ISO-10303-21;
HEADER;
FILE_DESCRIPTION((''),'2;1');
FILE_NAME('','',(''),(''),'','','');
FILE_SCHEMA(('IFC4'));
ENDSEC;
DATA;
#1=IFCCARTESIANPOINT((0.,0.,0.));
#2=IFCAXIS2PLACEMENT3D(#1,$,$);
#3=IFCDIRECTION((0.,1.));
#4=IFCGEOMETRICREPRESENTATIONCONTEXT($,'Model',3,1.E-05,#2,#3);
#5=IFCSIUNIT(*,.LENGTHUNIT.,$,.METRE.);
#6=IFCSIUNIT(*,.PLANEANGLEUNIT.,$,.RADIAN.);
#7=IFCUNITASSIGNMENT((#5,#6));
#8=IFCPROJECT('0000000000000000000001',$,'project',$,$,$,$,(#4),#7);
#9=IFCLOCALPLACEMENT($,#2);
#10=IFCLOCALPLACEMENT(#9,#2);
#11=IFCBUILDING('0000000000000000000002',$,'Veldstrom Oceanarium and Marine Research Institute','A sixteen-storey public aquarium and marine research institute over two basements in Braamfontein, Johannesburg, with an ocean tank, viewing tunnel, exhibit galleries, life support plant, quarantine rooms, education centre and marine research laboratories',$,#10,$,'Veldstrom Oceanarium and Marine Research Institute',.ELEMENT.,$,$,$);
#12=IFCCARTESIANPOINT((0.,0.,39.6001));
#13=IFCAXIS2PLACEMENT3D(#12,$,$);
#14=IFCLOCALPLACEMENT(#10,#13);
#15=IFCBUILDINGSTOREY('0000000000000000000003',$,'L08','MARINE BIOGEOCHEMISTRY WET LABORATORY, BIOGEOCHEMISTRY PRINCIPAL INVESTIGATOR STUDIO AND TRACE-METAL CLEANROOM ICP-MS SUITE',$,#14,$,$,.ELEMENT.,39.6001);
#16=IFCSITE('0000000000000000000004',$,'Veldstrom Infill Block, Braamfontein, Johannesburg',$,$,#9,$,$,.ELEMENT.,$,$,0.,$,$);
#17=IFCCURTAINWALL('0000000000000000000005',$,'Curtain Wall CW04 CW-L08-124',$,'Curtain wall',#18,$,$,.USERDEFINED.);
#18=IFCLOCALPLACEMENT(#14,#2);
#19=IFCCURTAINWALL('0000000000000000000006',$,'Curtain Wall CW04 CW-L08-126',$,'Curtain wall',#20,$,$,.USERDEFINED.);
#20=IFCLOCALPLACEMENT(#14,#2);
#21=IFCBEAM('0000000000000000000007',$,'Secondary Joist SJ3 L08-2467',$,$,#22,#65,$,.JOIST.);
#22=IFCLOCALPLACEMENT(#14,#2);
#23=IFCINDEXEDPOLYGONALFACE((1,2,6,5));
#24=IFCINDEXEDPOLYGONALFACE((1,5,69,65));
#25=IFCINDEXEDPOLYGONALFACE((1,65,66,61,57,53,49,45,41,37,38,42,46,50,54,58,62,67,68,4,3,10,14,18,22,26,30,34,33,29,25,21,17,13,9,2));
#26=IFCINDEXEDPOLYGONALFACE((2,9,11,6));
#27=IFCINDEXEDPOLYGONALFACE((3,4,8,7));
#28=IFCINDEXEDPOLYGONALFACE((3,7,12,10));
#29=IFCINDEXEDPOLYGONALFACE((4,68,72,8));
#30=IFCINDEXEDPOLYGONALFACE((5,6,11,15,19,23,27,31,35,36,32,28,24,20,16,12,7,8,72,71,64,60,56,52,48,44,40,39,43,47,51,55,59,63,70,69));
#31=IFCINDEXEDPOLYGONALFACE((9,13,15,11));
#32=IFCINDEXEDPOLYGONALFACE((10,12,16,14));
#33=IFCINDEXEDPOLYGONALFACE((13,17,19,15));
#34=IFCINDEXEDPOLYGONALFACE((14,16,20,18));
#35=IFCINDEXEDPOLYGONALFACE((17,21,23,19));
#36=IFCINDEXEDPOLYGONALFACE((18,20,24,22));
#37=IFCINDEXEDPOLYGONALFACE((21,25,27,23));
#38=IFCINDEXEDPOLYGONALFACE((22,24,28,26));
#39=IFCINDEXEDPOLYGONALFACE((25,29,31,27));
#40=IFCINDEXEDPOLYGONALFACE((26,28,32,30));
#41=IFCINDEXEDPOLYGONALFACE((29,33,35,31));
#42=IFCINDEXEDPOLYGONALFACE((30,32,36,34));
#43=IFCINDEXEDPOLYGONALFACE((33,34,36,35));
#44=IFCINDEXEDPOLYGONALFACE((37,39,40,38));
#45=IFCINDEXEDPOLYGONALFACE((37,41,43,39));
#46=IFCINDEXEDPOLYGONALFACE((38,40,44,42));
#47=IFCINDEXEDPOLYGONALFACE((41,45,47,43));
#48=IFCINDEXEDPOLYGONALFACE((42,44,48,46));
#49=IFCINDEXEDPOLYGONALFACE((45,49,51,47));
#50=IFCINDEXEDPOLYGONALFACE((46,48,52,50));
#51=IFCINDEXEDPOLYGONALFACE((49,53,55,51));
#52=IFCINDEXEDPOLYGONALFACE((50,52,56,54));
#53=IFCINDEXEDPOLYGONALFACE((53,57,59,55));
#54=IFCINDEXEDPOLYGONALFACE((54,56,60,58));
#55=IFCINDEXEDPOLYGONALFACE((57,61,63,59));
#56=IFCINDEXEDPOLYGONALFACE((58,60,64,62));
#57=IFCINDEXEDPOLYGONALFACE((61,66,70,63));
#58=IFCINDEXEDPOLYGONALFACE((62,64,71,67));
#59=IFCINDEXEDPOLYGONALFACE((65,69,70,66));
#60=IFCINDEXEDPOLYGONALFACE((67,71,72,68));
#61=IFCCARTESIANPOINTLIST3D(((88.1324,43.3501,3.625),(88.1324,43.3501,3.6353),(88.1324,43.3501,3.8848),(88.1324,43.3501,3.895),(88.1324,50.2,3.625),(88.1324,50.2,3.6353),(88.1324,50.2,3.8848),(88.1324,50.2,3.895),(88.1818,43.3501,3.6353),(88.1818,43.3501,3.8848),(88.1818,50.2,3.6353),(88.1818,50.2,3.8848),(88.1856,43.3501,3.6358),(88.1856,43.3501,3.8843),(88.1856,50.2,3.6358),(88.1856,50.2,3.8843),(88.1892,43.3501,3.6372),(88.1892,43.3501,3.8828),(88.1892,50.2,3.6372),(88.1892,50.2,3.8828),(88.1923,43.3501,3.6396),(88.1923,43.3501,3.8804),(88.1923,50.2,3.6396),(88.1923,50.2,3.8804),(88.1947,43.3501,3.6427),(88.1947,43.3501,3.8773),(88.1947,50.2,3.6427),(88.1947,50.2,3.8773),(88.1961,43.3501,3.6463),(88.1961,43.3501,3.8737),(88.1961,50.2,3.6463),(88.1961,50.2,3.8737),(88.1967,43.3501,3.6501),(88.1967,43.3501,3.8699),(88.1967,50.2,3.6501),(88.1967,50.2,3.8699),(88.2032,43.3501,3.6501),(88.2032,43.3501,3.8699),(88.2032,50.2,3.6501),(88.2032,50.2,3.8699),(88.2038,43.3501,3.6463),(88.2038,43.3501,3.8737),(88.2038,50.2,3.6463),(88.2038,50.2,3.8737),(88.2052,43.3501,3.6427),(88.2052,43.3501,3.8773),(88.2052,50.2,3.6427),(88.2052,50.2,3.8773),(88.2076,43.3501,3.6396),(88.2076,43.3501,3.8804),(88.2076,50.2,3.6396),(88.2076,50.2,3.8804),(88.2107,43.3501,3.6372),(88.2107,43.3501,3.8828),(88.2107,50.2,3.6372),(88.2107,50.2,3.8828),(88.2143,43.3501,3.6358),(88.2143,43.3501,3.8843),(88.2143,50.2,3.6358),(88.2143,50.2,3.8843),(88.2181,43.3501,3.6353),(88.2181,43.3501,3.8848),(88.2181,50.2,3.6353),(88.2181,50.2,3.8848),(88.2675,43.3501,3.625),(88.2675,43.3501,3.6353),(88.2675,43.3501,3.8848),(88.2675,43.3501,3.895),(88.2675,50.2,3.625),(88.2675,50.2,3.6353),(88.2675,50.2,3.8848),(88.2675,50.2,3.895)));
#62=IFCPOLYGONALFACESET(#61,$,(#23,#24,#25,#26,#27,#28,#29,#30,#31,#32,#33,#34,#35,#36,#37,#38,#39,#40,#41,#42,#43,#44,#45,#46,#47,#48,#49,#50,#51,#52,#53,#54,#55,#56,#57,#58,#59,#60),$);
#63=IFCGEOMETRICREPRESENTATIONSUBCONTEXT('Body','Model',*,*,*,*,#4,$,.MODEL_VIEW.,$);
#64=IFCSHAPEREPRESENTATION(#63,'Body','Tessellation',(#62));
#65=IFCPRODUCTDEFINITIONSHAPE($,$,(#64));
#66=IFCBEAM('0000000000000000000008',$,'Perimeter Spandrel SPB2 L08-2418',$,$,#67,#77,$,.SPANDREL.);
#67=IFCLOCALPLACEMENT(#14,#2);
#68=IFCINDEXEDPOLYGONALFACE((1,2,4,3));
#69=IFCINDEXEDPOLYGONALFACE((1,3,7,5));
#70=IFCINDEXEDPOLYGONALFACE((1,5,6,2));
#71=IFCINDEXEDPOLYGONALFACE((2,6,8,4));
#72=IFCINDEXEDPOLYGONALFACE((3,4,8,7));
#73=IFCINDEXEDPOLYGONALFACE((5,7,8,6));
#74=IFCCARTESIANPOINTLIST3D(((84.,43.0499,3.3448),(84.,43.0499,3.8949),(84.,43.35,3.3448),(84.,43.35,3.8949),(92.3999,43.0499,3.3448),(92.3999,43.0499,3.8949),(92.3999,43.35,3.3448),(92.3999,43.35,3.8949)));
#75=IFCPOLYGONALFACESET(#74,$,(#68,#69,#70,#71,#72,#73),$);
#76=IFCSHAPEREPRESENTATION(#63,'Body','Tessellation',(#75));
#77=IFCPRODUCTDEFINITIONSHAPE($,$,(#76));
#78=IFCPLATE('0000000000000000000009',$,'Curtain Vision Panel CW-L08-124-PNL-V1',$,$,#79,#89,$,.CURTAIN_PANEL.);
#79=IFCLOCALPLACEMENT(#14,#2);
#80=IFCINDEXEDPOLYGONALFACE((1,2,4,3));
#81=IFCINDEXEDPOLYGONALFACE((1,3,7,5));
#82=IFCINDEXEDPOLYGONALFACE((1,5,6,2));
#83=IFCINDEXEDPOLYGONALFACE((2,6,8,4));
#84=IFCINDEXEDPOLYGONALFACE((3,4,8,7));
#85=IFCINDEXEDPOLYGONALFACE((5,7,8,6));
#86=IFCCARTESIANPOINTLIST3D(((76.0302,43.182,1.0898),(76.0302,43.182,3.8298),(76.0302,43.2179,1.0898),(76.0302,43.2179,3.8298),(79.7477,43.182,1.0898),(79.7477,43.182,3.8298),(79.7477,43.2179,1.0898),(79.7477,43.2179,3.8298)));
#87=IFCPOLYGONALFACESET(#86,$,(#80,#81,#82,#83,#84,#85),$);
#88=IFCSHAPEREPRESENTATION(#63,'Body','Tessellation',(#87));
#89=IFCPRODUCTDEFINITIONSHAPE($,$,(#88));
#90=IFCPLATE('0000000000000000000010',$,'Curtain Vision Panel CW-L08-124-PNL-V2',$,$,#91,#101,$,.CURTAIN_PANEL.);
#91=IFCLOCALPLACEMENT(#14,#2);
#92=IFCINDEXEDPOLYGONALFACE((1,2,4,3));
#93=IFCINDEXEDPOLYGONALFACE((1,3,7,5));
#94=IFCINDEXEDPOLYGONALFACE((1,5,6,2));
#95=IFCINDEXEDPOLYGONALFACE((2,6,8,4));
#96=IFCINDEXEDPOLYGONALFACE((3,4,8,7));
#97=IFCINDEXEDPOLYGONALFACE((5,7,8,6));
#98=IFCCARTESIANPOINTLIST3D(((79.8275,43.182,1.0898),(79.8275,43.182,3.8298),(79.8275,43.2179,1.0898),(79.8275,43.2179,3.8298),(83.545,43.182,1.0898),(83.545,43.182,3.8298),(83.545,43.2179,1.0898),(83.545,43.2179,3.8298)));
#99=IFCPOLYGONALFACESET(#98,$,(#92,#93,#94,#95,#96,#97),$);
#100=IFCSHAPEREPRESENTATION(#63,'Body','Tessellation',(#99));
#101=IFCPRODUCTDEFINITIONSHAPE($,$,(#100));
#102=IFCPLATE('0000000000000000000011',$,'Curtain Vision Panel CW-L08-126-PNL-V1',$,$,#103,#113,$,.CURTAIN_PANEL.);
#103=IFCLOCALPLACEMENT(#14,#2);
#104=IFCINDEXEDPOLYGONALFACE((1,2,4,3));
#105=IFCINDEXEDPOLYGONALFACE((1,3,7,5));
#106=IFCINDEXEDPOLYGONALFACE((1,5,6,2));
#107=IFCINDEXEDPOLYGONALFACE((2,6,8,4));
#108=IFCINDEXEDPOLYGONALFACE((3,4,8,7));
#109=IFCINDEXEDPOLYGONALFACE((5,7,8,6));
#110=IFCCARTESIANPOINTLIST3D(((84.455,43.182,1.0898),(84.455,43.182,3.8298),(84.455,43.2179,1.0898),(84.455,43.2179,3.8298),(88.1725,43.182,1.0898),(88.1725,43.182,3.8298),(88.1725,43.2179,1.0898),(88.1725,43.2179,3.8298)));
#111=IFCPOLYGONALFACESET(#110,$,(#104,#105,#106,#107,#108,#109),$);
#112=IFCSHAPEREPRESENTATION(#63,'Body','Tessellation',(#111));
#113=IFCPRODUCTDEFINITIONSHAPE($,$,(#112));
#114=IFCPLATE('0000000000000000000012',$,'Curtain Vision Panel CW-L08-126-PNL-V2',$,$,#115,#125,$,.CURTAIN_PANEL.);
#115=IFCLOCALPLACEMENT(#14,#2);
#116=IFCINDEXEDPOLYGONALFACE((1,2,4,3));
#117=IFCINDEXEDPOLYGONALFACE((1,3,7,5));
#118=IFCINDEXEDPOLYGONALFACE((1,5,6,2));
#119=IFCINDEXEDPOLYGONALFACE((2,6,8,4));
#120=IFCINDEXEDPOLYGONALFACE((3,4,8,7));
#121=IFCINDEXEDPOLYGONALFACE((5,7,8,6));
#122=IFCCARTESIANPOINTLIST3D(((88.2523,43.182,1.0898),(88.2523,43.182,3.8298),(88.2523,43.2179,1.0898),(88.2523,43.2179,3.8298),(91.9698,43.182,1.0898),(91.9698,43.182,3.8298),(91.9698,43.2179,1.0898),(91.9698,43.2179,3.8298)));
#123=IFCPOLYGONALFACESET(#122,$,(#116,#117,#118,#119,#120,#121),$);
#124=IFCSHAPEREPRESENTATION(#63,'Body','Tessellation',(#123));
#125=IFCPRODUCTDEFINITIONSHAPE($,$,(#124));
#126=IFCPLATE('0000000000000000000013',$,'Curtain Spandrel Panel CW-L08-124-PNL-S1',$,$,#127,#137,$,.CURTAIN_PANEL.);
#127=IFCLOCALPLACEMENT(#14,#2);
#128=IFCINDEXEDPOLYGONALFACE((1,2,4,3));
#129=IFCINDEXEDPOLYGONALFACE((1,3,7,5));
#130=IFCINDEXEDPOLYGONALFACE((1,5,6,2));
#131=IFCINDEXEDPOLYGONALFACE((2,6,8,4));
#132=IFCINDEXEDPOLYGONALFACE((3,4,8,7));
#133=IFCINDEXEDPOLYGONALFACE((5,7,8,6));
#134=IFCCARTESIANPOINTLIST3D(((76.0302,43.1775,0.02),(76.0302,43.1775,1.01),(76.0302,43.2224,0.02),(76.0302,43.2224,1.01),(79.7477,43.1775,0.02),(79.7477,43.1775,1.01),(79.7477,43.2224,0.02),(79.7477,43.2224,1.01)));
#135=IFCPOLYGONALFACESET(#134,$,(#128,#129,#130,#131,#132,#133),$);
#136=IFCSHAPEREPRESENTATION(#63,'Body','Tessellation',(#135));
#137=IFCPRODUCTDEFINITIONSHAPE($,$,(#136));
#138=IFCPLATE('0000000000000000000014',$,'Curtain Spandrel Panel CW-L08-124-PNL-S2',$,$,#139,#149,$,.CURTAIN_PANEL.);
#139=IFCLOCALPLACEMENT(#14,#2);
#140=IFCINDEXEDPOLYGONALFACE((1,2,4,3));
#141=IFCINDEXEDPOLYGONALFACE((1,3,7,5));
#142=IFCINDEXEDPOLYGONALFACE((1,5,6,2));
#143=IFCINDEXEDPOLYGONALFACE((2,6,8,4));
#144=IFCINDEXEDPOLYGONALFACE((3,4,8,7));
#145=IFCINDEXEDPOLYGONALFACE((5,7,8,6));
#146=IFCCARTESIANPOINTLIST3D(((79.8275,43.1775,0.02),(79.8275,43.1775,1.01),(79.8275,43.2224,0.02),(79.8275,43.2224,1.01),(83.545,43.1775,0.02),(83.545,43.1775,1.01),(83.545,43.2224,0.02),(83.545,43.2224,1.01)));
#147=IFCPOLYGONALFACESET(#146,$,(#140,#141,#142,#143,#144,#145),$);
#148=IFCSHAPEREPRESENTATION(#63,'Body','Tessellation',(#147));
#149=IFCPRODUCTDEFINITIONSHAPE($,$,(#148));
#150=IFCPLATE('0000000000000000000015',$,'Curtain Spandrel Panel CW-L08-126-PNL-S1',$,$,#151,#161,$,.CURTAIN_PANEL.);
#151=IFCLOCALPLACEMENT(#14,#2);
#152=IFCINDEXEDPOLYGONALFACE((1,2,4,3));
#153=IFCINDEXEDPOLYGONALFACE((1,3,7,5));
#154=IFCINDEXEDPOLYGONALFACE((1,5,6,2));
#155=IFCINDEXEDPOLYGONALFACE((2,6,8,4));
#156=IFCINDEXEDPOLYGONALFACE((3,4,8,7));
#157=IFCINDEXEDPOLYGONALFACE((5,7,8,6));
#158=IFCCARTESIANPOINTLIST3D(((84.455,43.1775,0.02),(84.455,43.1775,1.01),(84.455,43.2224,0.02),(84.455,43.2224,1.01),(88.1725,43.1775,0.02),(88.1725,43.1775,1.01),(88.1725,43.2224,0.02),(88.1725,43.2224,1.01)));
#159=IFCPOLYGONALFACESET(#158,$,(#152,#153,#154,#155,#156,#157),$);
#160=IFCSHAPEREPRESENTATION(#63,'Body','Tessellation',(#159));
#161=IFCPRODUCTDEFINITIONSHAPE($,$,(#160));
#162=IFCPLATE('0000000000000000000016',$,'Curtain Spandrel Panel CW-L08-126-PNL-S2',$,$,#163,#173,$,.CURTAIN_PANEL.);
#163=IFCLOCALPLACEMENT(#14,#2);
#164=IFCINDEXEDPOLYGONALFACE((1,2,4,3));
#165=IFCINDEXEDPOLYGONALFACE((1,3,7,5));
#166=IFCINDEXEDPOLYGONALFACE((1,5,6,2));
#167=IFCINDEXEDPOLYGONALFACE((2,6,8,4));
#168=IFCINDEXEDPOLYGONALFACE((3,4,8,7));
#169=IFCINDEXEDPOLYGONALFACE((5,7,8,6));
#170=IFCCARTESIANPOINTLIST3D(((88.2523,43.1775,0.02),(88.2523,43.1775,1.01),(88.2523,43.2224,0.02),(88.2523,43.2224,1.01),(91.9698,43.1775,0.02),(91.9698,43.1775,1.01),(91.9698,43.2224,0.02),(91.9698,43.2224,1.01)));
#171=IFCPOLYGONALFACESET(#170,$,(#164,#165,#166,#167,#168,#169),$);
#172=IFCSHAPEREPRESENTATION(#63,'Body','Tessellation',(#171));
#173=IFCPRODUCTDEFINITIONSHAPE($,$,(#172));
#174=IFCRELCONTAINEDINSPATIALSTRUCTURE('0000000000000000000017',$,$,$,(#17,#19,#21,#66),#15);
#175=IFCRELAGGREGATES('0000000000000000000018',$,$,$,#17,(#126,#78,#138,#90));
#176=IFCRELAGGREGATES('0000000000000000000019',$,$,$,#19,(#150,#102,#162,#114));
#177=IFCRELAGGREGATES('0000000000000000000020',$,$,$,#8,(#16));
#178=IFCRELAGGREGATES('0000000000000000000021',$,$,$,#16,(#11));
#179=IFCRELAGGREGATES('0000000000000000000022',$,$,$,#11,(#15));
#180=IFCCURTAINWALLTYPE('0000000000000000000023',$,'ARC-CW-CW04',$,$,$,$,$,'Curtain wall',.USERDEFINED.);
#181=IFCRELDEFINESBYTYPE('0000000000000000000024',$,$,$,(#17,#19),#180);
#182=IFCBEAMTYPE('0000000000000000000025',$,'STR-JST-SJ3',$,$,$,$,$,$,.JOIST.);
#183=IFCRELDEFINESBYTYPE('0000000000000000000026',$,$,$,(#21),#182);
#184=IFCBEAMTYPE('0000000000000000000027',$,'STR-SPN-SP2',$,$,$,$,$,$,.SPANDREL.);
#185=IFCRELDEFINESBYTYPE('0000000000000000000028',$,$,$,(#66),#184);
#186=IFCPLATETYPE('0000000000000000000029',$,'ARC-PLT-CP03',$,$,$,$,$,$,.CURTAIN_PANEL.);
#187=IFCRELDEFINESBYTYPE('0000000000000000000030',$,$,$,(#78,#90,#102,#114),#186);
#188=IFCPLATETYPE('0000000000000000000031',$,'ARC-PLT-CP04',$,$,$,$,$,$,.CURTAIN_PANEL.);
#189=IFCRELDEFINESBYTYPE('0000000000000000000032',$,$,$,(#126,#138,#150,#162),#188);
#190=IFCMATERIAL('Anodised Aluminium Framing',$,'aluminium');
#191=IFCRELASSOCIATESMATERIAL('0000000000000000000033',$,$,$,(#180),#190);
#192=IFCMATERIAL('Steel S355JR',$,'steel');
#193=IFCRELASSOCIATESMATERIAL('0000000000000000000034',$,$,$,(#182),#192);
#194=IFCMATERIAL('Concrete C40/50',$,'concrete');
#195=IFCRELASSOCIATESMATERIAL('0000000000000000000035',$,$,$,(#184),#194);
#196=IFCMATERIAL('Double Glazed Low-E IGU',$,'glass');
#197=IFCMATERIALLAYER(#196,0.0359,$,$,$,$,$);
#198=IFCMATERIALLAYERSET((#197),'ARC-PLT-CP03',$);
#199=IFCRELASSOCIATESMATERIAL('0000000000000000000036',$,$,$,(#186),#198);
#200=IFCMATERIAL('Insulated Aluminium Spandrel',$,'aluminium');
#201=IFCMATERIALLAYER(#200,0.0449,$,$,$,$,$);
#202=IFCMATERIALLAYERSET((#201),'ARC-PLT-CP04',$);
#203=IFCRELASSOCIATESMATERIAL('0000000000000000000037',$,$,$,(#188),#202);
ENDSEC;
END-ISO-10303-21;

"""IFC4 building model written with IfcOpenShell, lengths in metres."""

from ifc_helpers import new_model, si_unit, direction, frame, origin, origin_2d, place, context, subcontext, project, spatial, rectangle, i_section, extrude, material, layer, layer_set, material_profile, profile_set, type_object, element, aggregate, save


model = new_model("IFC4")

# Units and contexts
model_context = context("Model", 3, precision=1e-05, world=origin(), true_north=direction((0.0, 1.0)))
body_context = subcontext(model_context, "Body", "Model", "MODEL_VIEW")
ifc_project = project(units=[si_unit("LENGTHUNIT", "METRE"), si_unit("PLANEANGLEUNIT", "RADIAN")], contexts=[model_context])

# Site, building, storey
site_placement = place(None, origin())
site = spatial("IfcSite", under=ifc_project, at=site_placement, Name="Veldstrom Infill Block, Braamfontein, Johannesburg", CompositionType="ELEMENT", RefElevation=0.0)
building_placement = place(site_placement, origin())
building = spatial("IfcBuilding", under=site, at=building_placement, Name="Veldstrom Oceanarium and Marine Research Institute", Description="A sixteen-storey public aquarium and marine research institute over two basements in Braamfontein, Johannesburg, with an ocean tank, viewing tunnel, exhibit galleries, life support plant, quarantine rooms, education centre and marine research laboratories", LongName="Veldstrom Oceanarium and Marine Research Institute", CompositionType="ELEMENT")
storey_placement = place(building_placement, frame((0.0, 0.0, 39.6001)))
storey = spatial("IfcBuildingStorey", under=building, at=storey_placement, Name="L08", Description="MARINE BIOGEOCHEMISTRY WET LABORATORY, BIOGEOCHEMISTRY PRINCIPAL INVESTIGATOR STUDIO AND TRACE-METAL CLEANROOM ICP-MS SUITE", CompositionType="ELEMENT", Elevation=39.6001)

# Curtain walls
ifc_material_1 = material(Name="Anodised Aluminium Framing", Category="aluminium")
curtain_wall_type = type_object("IfcCurtainWallType", Name="ARC-CW-CW04", ElementType="Curtain wall", PredefinedType="USERDEFINED", material=ifc_material_1)
curtain_wall_1_placement = place(storey_placement, origin())
curtain_wall_1 = element("IfcCurtainWall", 1, at=curtain_wall_1_placement, inside=storey, type_object=curtain_wall_type, Name="Curtain Wall CW04 CW-L08-124", ObjectType="Curtain wall", PredefinedType="USERDEFINED")
curtain_wall_2_placement = place(storey_placement, origin())
curtain_wall_2 = element("IfcCurtainWall", 2, at=curtain_wall_2_placement, inside=storey, type_object=curtain_wall_type, Name="Curtain Wall CW04 CW-L08-126", ObjectType="Curtain wall", PredefinedType="USERDEFINED")

# Beams
ifc_material_2 = material(Name="Steel S355JR", Category="steel")
ifc_material_profile_1 = material_profile(ifc_material_2, i_section(OverallWidth=0.135, OverallDepth=0.27, WebThickness=0.0066, FlangeThickness=0.0103, FilletRadius=0.0149, at=origin_2d()), Name="IPE 270")
ifc_profile_set_1 = profile_set([ifc_material_profile_1], Name="Steel S355JR")
beam_type_1 = type_object("IfcBeamType", Name="STR-JST-SJ3", PredefinedType="JOIST", material=ifc_profile_set_1)
beam_1_placement = place(storey_placement, frame((88.2, 43.3501, 3.76), z_axis=(0.0, 1.0, 0.0), x_axis=(-1.0, 0.0, 0.0)))
element("IfcBeam", 3, at=beam_1_placement, inside=storey, type_object=beam_type_1, Name="Secondary Joist SJ3 L08-2467", PredefinedType="JOIST", context=body_context, shape_type="SweptSolid", body=[
    extrude(i_section(OverallWidth=0.135, OverallDepth=0.27, WebThickness=0.0066, FlangeThickness=0.0103, FilletRadius=0.0149, at=origin_2d()), origin(), (0.0, 0.0, 1.0), 6.8499),
])
ifc_material_3 = material(Name="Concrete C40/50", Category="concrete")
ifc_material_profile_2 = material_profile(ifc_material_3, rectangle(XDim=0.3, YDim=0.55, at=origin_2d()), Name="RC-SPN-300x550")
ifc_profile_set_2 = profile_set([ifc_material_profile_2], Name="Concrete C40/50")
beam_type_2 = type_object("IfcBeamType", Name="STR-SPN-SP2", PredefinedType="SPANDREL", material=ifc_profile_set_2)
beam_2_placement = place(storey_placement, frame((84.0, 43.2, 3.6199), z_axis=(1.0, 0.0, 0.0), x_axis=(0.0, 1.0, 0.0)))
element("IfcBeam", 4, at=beam_2_placement, inside=storey, type_object=beam_type_2, Name="Perimeter Spandrel SPB2 L08-2418", PredefinedType="SPANDREL", context=body_context, shape_type="SweptSolid", body=[
    extrude(rectangle(XDim=0.3, YDim=0.55, at=origin_2d()), origin(), (0.0, 0.0, 1.0), 8.3999),
])

# Plates
ifc_material_4 = material(Name="Double Glazed Low-E IGU", Category="glass")
ifc_layer_1 = layer(ifc_material_4, 0.0359)
ifc_layer_set_1 = layer_set([ifc_layer_1], Name="ARC-PLT-CP03")
plate_type_1 = type_object("IfcPlateType", Name="ARC-PLT-CP03", PredefinedType="CURTAIN_PANEL", material=ifc_layer_set_1)
plate_1_placement = place(storey_placement, frame((77.8889, 43.2, 1.0898), z_axis=(0.0, 0.0, 1.0), x_axis=(1.0, 0.0, 0.0)))
plate_1 = element("IfcPlate", 5, at=plate_1_placement, type_object=plate_type_1, Name="Curtain Vision Panel CW-L08-124-PNL-V1", PredefinedType="CURTAIN_PANEL", context=body_context, shape_type="SweptSolid", body=[
    extrude(rectangle(XDim=3.7175, YDim=0.0359, at=origin_2d()), origin(), (0.0, 0.0, 1.0), 2.74),
])
plate_2_placement = place(storey_placement, frame((81.6863, 43.2, 1.0898), z_axis=(0.0, 0.0, 1.0), x_axis=(1.0, 0.0, 0.0)))
plate_2 = element("IfcPlate", 6, at=plate_2_placement, type_object=plate_type_1, Name="Curtain Vision Panel CW-L08-124-PNL-V2", PredefinedType="CURTAIN_PANEL", context=body_context, shape_type="SweptSolid", body=[
    extrude(rectangle(XDim=3.7175, YDim=0.0359, at=origin_2d()), origin(), (0.0, 0.0, 1.0), 2.74),
])
plate_3_placement = place(storey_placement, frame((86.3137, 43.2, 1.0898), z_axis=(0.0, 0.0, 1.0), x_axis=(1.0, 0.0, 0.0)))
plate_3 = element("IfcPlate", 7, at=plate_3_placement, type_object=plate_type_1, Name="Curtain Vision Panel CW-L08-126-PNL-V1", PredefinedType="CURTAIN_PANEL", context=body_context, shape_type="SweptSolid", body=[
    extrude(rectangle(XDim=3.7175, YDim=0.0359, at=origin_2d()), origin(), (0.0, 0.0, 1.0), 2.74),
])
plate_4_placement = place(storey_placement, frame((90.1111, 43.2, 1.0898), z_axis=(0.0, 0.0, 1.0), x_axis=(1.0, 0.0, 0.0)))
plate_4 = element("IfcPlate", 8, at=plate_4_placement, type_object=plate_type_1, Name="Curtain Vision Panel CW-L08-126-PNL-V2", PredefinedType="CURTAIN_PANEL", context=body_context, shape_type="SweptSolid", body=[
    extrude(rectangle(XDim=3.7175, YDim=0.0359, at=origin_2d()), origin(), (0.0, 0.0, 1.0), 2.74),
])
ifc_material_5 = material(Name="Insulated Aluminium Spandrel", Category="aluminium")
ifc_layer_2 = layer(ifc_material_5, 0.0449)
ifc_layer_set_2 = layer_set([ifc_layer_2], Name="ARC-PLT-CP04")
plate_type_2 = type_object("IfcPlateType", Name="ARC-PLT-CP04", PredefinedType="CURTAIN_PANEL", material=ifc_layer_set_2)
plate_5_placement = place(storey_placement, frame((77.8889, 43.2, 0.02), z_axis=(0.0, 0.0, 1.0), x_axis=(1.0, 0.0, 0.0)))
plate_5 = element("IfcPlate", 9, at=plate_5_placement, type_object=plate_type_2, Name="Curtain Spandrel Panel CW-L08-124-PNL-S1", PredefinedType="CURTAIN_PANEL", context=body_context, shape_type="SweptSolid", body=[
    extrude(rectangle(XDim=3.7175, YDim=0.0449, at=origin_2d()), origin(), (0.0, 0.0, 1.0), 0.99),
])
plate_6_placement = place(storey_placement, frame((81.6863, 43.2, 0.02), z_axis=(0.0, 0.0, 1.0), x_axis=(1.0, 0.0, 0.0)))
plate_6 = element("IfcPlate", 10, at=plate_6_placement, type_object=plate_type_2, Name="Curtain Spandrel Panel CW-L08-124-PNL-S2", PredefinedType="CURTAIN_PANEL", context=body_context, shape_type="SweptSolid", body=[
    extrude(rectangle(XDim=3.7175, YDim=0.0449, at=origin_2d()), origin(), (0.0, 0.0, 1.0), 0.99),
])
aggregate(curtain_wall_1, [plate_5, plate_1, plate_6, plate_2])
plate_7_placement = place(storey_placement, frame((86.3137, 43.2, 0.02), z_axis=(0.0, 0.0, 1.0), x_axis=(1.0, 0.0, 0.0)))
plate_7 = element("IfcPlate", 11, at=plate_7_placement, type_object=plate_type_2, Name="Curtain Spandrel Panel CW-L08-126-PNL-S1", PredefinedType="CURTAIN_PANEL", context=body_context, shape_type="SweptSolid", body=[
    extrude(rectangle(XDim=3.7175, YDim=0.0449, at=origin_2d()), origin(), (0.0, 0.0, 1.0), 0.99),
])
plate_8_placement = place(storey_placement, frame((90.1111, 43.2, 0.02), z_axis=(0.0, 0.0, 1.0), x_axis=(1.0, 0.0, 0.0)))
plate_8 = element("IfcPlate", 12, at=plate_8_placement, type_object=plate_type_2, Name="Curtain Spandrel Panel CW-L08-126-PNL-S2", PredefinedType="CURTAIN_PANEL", context=body_context, shape_type="SweptSolid", body=[
    extrude(rectangle(XDim=3.7175, YDim=0.0449, at=origin_2d()), origin(), (0.0, 0.0, 1.0), 0.99),
])
aggregate(curtain_wall_2, [plate_7, plate_3, plate_8, plate_4])

save(model, "model.ifc")
